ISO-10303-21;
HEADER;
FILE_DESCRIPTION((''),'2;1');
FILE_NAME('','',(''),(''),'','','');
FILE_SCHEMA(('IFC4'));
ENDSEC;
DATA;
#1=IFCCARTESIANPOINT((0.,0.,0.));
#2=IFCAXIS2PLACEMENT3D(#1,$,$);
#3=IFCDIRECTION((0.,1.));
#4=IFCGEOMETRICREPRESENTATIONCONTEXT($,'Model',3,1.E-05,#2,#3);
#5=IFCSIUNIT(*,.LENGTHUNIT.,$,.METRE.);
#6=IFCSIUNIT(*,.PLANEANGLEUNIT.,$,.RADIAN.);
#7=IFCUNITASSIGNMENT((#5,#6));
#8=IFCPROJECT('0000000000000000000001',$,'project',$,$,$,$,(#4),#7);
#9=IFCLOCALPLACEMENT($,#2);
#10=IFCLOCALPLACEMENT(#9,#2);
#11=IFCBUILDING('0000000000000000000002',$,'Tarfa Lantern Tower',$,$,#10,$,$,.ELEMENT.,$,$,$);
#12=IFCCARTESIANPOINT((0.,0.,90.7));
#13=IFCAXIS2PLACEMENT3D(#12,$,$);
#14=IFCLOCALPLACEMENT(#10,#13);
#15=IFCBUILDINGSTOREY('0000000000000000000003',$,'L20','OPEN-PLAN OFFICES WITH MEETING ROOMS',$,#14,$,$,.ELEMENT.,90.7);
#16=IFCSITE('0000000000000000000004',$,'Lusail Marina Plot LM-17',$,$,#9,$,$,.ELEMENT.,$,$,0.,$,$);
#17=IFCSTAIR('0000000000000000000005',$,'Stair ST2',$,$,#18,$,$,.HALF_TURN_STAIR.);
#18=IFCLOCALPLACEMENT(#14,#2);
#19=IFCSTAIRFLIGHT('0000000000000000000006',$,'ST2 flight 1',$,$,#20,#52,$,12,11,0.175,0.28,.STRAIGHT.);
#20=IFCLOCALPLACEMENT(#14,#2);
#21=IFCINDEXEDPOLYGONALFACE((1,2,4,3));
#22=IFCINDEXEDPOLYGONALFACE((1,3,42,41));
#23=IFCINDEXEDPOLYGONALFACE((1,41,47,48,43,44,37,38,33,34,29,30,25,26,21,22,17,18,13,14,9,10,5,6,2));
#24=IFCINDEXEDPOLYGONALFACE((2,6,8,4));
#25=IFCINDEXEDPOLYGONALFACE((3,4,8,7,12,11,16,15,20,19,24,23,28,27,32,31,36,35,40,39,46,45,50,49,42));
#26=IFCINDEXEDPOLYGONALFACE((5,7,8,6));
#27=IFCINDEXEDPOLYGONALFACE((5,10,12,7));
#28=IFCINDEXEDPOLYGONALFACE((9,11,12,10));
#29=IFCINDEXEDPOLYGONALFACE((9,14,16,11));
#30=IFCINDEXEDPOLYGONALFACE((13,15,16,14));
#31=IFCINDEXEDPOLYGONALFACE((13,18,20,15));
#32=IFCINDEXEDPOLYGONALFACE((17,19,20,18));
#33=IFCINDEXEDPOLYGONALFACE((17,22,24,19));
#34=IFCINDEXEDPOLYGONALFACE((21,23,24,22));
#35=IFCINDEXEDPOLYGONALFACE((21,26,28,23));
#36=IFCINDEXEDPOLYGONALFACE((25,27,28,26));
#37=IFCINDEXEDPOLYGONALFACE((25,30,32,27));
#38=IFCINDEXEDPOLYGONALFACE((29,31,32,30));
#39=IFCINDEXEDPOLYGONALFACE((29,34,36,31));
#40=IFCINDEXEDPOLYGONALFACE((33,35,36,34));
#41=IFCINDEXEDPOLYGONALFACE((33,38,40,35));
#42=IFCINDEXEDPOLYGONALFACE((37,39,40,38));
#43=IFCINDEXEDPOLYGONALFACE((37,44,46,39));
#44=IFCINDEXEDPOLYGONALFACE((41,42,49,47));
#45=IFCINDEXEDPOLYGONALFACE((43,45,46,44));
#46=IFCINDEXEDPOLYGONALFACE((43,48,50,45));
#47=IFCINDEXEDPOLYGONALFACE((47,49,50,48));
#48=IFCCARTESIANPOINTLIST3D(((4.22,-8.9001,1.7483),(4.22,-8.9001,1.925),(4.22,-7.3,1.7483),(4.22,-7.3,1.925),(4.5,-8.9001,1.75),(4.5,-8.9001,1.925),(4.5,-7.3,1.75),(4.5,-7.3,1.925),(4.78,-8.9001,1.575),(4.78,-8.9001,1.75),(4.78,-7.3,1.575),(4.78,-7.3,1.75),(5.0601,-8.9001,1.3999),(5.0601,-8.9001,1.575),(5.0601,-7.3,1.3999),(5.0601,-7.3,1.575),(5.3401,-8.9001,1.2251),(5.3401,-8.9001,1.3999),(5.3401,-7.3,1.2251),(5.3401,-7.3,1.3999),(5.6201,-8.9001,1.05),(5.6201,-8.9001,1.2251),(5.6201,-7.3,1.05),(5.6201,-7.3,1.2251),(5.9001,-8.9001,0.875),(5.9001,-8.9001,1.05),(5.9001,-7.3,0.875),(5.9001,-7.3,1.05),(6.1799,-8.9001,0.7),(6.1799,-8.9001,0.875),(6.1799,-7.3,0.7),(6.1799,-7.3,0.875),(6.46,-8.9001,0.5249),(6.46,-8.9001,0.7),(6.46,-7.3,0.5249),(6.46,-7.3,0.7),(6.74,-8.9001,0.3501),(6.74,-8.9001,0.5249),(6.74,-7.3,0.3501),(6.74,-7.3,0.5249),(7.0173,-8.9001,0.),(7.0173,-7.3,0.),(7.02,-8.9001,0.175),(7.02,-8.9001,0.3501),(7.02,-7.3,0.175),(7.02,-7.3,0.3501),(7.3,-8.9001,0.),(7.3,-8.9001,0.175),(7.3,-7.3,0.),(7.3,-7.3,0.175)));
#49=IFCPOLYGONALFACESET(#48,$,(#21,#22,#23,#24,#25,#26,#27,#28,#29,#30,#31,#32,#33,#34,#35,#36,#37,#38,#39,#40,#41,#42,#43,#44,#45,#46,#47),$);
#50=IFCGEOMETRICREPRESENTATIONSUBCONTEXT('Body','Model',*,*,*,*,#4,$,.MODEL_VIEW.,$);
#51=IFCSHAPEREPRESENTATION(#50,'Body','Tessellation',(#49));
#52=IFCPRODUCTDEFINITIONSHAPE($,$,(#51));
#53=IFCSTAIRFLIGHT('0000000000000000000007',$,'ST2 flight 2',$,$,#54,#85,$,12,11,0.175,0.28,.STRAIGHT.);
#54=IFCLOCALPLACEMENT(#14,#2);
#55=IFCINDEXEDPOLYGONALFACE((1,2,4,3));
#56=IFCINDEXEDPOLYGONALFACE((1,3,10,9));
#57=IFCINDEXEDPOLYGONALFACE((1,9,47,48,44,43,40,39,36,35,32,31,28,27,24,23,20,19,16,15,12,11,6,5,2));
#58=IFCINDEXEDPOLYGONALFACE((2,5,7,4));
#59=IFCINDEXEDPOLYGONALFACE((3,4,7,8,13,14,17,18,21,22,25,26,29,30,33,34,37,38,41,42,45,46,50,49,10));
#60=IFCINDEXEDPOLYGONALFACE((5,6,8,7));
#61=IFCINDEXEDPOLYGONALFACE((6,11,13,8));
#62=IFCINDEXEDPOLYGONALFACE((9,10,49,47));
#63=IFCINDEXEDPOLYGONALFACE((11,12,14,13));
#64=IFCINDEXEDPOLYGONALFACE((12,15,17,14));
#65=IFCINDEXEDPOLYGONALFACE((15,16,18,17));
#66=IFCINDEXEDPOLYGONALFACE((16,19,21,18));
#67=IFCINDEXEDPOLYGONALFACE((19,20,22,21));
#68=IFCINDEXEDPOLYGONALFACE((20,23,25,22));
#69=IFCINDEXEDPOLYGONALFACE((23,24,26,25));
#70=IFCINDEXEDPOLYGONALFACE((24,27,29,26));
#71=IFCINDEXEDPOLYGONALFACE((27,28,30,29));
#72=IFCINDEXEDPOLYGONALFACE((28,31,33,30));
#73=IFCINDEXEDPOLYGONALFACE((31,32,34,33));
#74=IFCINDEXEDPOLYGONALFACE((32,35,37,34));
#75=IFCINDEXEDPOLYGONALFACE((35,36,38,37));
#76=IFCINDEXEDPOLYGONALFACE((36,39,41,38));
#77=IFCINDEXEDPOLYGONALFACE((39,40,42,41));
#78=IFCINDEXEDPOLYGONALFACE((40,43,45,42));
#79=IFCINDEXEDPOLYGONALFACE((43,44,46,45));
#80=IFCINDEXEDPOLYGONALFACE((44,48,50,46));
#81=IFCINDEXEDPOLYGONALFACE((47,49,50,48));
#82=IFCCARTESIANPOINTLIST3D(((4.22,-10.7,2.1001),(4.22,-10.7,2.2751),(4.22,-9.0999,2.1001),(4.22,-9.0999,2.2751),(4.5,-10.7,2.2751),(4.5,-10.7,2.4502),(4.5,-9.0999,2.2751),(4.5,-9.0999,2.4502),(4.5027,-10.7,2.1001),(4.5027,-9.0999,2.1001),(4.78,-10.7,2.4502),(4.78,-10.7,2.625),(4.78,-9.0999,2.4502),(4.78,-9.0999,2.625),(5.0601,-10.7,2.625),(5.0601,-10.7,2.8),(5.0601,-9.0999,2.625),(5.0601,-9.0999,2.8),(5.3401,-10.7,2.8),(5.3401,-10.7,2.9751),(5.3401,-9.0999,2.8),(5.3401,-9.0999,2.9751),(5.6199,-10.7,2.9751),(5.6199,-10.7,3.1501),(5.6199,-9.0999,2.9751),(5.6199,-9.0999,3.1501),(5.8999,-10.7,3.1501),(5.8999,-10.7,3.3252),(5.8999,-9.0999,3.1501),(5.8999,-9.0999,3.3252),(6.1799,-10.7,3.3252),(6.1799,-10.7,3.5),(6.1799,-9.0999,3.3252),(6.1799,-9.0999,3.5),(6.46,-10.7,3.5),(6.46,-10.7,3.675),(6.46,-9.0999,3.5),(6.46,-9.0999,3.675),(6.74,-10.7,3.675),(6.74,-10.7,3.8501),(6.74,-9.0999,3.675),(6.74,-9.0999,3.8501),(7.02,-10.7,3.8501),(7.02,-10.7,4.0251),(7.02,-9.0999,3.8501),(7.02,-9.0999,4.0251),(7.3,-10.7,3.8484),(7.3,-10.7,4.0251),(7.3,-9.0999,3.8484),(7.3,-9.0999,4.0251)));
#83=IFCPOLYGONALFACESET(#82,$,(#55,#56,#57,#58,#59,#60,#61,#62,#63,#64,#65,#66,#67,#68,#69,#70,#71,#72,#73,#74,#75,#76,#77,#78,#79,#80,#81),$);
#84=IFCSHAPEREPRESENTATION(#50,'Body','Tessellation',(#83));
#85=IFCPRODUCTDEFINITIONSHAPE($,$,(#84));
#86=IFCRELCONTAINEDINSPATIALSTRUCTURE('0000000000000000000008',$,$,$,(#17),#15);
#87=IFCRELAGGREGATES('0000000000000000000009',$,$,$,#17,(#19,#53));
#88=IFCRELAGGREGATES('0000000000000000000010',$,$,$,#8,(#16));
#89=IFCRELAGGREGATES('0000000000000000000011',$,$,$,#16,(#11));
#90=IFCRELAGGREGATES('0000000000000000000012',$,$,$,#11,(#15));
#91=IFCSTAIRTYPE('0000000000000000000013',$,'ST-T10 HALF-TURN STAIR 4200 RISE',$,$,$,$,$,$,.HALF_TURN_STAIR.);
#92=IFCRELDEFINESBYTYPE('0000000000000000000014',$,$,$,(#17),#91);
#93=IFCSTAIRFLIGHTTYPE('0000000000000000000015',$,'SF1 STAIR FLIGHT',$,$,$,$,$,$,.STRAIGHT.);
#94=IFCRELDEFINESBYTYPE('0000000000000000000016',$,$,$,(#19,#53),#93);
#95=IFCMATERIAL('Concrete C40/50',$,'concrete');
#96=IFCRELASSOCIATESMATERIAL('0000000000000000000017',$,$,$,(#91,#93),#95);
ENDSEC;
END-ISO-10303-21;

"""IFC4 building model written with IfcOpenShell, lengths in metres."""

from ifc_helpers import new_model, si_unit, direction, frame, origin, place, context, subcontext, project, spatial, polyline, outline, extrude, material, type_object, element, aggregate, save


model = new_model("IFC4")

# Units and contexts
model_context = context("Model", 3, precision=1e-05, world=origin(), true_north=direction((0.0, 1.0)))
body_context = subcontext(model_context, "Body", "Model", "MODEL_VIEW")
ifc_project = project(units=[si_unit("LENGTHUNIT", "METRE"), si_unit("PLANEANGLEUNIT", "RADIAN")], contexts=[model_context])

# Site, building, storey
site_placement = place(None, origin())
site = spatial("IfcSite", under=ifc_project, at=site_placement, Name="Lusail Marina Plot LM-17", CompositionType="ELEMENT", RefElevation=0.0)
building_placement = place(site_placement, origin())
building = spatial("IfcBuilding", under=site, at=building_placement, Name="Tarfa Lantern Tower", CompositionType="ELEMENT")
storey_placement = place(building_placement, frame((0.0, 0.0, 90.7)))
storey = spatial("IfcBuildingStorey", under=building, at=storey_placement, Name="L20", Description="OPEN-PLAN OFFICES WITH MEETING ROOMS", CompositionType="ELEMENT", Elevation=90.7)

# Stair, stair flights
ifc_material_1 = material(Name="Concrete C40/50", Category="concrete")
stair_type = type_object("IfcStairType", Name="ST-T10 HALF-TURN STAIR 4200 RISE", PredefinedType="HALF_TURN_STAIR", material=ifc_material_1)
stair_placement = place(storey_placement, origin())
stair = element("IfcStair", 1, at=stair_placement, inside=storey, type_object=stair_type, Name="Stair ST2", PredefinedType="HALF_TURN_STAIR")
stair_flight_type = type_object("IfcStairFlightType", Name="SF1 STAIR FLIGHT", PredefinedType="STRAIGHT", material=ifc_material_1)
stair_flight_1_placement = place(storey_placement, frame((7.3, -8.1001, 0.0), z_axis=(0.0, 0.0, 1.0), x_axis=(-1.0, 0.0, 0.0)))
stair_flight_1 = element("IfcStairFlight", 2, at=stair_flight_1_placement, type_object=stair_flight_type, Name="ST2 flight 1", NumberOfRisers=12, NumberOfTreads=11, PredefinedType="STRAIGHT", RiserHeight=0.175, TreadLength=0.28, context=body_context, shape_type="SweptSolid", body=[
    extrude(outline(polyline([(0.0, 0.0), (0.0, 0.175), (0.28, 0.175), (0.28, 0.3501), (0.5601, 0.3501), (0.5601, 0.5249), (0.8401, 0.5249), (0.8401, 0.7), (1.1201, 0.7), (1.1201, 0.875), (1.3999, 0.875), (1.3999, 1.05), (1.6799, 1.05), (1.6799, 1.2251), (1.96, 1.2251), (1.96, 1.3999), (2.24, 1.3999), (2.24, 1.575), (2.52, 1.575), (2.52, 1.75), (2.8, 1.75), (2.8, 1.925), (3.0801, 1.925), (3.0801, 2.1001), (3.0801, 1.7483), (0.2827, 0.0), (0.0, 0.0)])), frame((0.0, 0.8, 0.0), z_axis=(0.0, -1.0, 0.0), x_axis=(1.0, 0.0, 0.0)), (0.0, 0.0, 1.0), 1.6001),
])
stair_flight_2_placement = place(storey_placement, frame((4.22, -9.8999, 2.1001), z_axis=(0.0, 0.0, 1.0), x_axis=(1.0, 0.0, 0.0)))
stair_flight_2 = element("IfcStairFlight", 3, at=stair_flight_2_placement, type_object=stair_flight_type, Name="ST2 flight 2", NumberOfRisers=12, NumberOfTreads=11, PredefinedType="STRAIGHT", RiserHeight=0.175, TreadLength=0.28, context=body_context, shape_type="SweptSolid", body=[
    extrude(outline(polyline([(0.0, 0.0), (0.0, 0.175), (0.28, 0.175), (0.28, 0.3501), (0.5601, 0.3501), (0.5601, 0.5249), (0.8401, 0.5249), (0.8401, 0.7), (1.1201, 0.7), (1.1201, 0.875), (1.3999, 0.875), (1.3999, 1.05), (1.6799, 1.05), (1.6799, 1.2251), (1.96, 1.2251), (1.96, 1.3999), (2.24, 1.3999), (2.24, 1.575), (2.52, 1.575), (2.52, 1.75), (2.8, 1.75), (2.8, 1.925), (3.0801, 1.925), (3.0801, 2.1001), (3.0801, 1.7483), (0.2827, 0.0), (0.0, 0.0)])), frame((0.0, 0.8, 0.0), z_axis=(0.0, -1.0, 0.0), x_axis=(1.0, 0.0, 0.0)), (0.0, 0.0, 1.0), 1.6001),
])
aggregate(stair, [stair_flight_1, stair_flight_2])

save(model, "model.ifc")
